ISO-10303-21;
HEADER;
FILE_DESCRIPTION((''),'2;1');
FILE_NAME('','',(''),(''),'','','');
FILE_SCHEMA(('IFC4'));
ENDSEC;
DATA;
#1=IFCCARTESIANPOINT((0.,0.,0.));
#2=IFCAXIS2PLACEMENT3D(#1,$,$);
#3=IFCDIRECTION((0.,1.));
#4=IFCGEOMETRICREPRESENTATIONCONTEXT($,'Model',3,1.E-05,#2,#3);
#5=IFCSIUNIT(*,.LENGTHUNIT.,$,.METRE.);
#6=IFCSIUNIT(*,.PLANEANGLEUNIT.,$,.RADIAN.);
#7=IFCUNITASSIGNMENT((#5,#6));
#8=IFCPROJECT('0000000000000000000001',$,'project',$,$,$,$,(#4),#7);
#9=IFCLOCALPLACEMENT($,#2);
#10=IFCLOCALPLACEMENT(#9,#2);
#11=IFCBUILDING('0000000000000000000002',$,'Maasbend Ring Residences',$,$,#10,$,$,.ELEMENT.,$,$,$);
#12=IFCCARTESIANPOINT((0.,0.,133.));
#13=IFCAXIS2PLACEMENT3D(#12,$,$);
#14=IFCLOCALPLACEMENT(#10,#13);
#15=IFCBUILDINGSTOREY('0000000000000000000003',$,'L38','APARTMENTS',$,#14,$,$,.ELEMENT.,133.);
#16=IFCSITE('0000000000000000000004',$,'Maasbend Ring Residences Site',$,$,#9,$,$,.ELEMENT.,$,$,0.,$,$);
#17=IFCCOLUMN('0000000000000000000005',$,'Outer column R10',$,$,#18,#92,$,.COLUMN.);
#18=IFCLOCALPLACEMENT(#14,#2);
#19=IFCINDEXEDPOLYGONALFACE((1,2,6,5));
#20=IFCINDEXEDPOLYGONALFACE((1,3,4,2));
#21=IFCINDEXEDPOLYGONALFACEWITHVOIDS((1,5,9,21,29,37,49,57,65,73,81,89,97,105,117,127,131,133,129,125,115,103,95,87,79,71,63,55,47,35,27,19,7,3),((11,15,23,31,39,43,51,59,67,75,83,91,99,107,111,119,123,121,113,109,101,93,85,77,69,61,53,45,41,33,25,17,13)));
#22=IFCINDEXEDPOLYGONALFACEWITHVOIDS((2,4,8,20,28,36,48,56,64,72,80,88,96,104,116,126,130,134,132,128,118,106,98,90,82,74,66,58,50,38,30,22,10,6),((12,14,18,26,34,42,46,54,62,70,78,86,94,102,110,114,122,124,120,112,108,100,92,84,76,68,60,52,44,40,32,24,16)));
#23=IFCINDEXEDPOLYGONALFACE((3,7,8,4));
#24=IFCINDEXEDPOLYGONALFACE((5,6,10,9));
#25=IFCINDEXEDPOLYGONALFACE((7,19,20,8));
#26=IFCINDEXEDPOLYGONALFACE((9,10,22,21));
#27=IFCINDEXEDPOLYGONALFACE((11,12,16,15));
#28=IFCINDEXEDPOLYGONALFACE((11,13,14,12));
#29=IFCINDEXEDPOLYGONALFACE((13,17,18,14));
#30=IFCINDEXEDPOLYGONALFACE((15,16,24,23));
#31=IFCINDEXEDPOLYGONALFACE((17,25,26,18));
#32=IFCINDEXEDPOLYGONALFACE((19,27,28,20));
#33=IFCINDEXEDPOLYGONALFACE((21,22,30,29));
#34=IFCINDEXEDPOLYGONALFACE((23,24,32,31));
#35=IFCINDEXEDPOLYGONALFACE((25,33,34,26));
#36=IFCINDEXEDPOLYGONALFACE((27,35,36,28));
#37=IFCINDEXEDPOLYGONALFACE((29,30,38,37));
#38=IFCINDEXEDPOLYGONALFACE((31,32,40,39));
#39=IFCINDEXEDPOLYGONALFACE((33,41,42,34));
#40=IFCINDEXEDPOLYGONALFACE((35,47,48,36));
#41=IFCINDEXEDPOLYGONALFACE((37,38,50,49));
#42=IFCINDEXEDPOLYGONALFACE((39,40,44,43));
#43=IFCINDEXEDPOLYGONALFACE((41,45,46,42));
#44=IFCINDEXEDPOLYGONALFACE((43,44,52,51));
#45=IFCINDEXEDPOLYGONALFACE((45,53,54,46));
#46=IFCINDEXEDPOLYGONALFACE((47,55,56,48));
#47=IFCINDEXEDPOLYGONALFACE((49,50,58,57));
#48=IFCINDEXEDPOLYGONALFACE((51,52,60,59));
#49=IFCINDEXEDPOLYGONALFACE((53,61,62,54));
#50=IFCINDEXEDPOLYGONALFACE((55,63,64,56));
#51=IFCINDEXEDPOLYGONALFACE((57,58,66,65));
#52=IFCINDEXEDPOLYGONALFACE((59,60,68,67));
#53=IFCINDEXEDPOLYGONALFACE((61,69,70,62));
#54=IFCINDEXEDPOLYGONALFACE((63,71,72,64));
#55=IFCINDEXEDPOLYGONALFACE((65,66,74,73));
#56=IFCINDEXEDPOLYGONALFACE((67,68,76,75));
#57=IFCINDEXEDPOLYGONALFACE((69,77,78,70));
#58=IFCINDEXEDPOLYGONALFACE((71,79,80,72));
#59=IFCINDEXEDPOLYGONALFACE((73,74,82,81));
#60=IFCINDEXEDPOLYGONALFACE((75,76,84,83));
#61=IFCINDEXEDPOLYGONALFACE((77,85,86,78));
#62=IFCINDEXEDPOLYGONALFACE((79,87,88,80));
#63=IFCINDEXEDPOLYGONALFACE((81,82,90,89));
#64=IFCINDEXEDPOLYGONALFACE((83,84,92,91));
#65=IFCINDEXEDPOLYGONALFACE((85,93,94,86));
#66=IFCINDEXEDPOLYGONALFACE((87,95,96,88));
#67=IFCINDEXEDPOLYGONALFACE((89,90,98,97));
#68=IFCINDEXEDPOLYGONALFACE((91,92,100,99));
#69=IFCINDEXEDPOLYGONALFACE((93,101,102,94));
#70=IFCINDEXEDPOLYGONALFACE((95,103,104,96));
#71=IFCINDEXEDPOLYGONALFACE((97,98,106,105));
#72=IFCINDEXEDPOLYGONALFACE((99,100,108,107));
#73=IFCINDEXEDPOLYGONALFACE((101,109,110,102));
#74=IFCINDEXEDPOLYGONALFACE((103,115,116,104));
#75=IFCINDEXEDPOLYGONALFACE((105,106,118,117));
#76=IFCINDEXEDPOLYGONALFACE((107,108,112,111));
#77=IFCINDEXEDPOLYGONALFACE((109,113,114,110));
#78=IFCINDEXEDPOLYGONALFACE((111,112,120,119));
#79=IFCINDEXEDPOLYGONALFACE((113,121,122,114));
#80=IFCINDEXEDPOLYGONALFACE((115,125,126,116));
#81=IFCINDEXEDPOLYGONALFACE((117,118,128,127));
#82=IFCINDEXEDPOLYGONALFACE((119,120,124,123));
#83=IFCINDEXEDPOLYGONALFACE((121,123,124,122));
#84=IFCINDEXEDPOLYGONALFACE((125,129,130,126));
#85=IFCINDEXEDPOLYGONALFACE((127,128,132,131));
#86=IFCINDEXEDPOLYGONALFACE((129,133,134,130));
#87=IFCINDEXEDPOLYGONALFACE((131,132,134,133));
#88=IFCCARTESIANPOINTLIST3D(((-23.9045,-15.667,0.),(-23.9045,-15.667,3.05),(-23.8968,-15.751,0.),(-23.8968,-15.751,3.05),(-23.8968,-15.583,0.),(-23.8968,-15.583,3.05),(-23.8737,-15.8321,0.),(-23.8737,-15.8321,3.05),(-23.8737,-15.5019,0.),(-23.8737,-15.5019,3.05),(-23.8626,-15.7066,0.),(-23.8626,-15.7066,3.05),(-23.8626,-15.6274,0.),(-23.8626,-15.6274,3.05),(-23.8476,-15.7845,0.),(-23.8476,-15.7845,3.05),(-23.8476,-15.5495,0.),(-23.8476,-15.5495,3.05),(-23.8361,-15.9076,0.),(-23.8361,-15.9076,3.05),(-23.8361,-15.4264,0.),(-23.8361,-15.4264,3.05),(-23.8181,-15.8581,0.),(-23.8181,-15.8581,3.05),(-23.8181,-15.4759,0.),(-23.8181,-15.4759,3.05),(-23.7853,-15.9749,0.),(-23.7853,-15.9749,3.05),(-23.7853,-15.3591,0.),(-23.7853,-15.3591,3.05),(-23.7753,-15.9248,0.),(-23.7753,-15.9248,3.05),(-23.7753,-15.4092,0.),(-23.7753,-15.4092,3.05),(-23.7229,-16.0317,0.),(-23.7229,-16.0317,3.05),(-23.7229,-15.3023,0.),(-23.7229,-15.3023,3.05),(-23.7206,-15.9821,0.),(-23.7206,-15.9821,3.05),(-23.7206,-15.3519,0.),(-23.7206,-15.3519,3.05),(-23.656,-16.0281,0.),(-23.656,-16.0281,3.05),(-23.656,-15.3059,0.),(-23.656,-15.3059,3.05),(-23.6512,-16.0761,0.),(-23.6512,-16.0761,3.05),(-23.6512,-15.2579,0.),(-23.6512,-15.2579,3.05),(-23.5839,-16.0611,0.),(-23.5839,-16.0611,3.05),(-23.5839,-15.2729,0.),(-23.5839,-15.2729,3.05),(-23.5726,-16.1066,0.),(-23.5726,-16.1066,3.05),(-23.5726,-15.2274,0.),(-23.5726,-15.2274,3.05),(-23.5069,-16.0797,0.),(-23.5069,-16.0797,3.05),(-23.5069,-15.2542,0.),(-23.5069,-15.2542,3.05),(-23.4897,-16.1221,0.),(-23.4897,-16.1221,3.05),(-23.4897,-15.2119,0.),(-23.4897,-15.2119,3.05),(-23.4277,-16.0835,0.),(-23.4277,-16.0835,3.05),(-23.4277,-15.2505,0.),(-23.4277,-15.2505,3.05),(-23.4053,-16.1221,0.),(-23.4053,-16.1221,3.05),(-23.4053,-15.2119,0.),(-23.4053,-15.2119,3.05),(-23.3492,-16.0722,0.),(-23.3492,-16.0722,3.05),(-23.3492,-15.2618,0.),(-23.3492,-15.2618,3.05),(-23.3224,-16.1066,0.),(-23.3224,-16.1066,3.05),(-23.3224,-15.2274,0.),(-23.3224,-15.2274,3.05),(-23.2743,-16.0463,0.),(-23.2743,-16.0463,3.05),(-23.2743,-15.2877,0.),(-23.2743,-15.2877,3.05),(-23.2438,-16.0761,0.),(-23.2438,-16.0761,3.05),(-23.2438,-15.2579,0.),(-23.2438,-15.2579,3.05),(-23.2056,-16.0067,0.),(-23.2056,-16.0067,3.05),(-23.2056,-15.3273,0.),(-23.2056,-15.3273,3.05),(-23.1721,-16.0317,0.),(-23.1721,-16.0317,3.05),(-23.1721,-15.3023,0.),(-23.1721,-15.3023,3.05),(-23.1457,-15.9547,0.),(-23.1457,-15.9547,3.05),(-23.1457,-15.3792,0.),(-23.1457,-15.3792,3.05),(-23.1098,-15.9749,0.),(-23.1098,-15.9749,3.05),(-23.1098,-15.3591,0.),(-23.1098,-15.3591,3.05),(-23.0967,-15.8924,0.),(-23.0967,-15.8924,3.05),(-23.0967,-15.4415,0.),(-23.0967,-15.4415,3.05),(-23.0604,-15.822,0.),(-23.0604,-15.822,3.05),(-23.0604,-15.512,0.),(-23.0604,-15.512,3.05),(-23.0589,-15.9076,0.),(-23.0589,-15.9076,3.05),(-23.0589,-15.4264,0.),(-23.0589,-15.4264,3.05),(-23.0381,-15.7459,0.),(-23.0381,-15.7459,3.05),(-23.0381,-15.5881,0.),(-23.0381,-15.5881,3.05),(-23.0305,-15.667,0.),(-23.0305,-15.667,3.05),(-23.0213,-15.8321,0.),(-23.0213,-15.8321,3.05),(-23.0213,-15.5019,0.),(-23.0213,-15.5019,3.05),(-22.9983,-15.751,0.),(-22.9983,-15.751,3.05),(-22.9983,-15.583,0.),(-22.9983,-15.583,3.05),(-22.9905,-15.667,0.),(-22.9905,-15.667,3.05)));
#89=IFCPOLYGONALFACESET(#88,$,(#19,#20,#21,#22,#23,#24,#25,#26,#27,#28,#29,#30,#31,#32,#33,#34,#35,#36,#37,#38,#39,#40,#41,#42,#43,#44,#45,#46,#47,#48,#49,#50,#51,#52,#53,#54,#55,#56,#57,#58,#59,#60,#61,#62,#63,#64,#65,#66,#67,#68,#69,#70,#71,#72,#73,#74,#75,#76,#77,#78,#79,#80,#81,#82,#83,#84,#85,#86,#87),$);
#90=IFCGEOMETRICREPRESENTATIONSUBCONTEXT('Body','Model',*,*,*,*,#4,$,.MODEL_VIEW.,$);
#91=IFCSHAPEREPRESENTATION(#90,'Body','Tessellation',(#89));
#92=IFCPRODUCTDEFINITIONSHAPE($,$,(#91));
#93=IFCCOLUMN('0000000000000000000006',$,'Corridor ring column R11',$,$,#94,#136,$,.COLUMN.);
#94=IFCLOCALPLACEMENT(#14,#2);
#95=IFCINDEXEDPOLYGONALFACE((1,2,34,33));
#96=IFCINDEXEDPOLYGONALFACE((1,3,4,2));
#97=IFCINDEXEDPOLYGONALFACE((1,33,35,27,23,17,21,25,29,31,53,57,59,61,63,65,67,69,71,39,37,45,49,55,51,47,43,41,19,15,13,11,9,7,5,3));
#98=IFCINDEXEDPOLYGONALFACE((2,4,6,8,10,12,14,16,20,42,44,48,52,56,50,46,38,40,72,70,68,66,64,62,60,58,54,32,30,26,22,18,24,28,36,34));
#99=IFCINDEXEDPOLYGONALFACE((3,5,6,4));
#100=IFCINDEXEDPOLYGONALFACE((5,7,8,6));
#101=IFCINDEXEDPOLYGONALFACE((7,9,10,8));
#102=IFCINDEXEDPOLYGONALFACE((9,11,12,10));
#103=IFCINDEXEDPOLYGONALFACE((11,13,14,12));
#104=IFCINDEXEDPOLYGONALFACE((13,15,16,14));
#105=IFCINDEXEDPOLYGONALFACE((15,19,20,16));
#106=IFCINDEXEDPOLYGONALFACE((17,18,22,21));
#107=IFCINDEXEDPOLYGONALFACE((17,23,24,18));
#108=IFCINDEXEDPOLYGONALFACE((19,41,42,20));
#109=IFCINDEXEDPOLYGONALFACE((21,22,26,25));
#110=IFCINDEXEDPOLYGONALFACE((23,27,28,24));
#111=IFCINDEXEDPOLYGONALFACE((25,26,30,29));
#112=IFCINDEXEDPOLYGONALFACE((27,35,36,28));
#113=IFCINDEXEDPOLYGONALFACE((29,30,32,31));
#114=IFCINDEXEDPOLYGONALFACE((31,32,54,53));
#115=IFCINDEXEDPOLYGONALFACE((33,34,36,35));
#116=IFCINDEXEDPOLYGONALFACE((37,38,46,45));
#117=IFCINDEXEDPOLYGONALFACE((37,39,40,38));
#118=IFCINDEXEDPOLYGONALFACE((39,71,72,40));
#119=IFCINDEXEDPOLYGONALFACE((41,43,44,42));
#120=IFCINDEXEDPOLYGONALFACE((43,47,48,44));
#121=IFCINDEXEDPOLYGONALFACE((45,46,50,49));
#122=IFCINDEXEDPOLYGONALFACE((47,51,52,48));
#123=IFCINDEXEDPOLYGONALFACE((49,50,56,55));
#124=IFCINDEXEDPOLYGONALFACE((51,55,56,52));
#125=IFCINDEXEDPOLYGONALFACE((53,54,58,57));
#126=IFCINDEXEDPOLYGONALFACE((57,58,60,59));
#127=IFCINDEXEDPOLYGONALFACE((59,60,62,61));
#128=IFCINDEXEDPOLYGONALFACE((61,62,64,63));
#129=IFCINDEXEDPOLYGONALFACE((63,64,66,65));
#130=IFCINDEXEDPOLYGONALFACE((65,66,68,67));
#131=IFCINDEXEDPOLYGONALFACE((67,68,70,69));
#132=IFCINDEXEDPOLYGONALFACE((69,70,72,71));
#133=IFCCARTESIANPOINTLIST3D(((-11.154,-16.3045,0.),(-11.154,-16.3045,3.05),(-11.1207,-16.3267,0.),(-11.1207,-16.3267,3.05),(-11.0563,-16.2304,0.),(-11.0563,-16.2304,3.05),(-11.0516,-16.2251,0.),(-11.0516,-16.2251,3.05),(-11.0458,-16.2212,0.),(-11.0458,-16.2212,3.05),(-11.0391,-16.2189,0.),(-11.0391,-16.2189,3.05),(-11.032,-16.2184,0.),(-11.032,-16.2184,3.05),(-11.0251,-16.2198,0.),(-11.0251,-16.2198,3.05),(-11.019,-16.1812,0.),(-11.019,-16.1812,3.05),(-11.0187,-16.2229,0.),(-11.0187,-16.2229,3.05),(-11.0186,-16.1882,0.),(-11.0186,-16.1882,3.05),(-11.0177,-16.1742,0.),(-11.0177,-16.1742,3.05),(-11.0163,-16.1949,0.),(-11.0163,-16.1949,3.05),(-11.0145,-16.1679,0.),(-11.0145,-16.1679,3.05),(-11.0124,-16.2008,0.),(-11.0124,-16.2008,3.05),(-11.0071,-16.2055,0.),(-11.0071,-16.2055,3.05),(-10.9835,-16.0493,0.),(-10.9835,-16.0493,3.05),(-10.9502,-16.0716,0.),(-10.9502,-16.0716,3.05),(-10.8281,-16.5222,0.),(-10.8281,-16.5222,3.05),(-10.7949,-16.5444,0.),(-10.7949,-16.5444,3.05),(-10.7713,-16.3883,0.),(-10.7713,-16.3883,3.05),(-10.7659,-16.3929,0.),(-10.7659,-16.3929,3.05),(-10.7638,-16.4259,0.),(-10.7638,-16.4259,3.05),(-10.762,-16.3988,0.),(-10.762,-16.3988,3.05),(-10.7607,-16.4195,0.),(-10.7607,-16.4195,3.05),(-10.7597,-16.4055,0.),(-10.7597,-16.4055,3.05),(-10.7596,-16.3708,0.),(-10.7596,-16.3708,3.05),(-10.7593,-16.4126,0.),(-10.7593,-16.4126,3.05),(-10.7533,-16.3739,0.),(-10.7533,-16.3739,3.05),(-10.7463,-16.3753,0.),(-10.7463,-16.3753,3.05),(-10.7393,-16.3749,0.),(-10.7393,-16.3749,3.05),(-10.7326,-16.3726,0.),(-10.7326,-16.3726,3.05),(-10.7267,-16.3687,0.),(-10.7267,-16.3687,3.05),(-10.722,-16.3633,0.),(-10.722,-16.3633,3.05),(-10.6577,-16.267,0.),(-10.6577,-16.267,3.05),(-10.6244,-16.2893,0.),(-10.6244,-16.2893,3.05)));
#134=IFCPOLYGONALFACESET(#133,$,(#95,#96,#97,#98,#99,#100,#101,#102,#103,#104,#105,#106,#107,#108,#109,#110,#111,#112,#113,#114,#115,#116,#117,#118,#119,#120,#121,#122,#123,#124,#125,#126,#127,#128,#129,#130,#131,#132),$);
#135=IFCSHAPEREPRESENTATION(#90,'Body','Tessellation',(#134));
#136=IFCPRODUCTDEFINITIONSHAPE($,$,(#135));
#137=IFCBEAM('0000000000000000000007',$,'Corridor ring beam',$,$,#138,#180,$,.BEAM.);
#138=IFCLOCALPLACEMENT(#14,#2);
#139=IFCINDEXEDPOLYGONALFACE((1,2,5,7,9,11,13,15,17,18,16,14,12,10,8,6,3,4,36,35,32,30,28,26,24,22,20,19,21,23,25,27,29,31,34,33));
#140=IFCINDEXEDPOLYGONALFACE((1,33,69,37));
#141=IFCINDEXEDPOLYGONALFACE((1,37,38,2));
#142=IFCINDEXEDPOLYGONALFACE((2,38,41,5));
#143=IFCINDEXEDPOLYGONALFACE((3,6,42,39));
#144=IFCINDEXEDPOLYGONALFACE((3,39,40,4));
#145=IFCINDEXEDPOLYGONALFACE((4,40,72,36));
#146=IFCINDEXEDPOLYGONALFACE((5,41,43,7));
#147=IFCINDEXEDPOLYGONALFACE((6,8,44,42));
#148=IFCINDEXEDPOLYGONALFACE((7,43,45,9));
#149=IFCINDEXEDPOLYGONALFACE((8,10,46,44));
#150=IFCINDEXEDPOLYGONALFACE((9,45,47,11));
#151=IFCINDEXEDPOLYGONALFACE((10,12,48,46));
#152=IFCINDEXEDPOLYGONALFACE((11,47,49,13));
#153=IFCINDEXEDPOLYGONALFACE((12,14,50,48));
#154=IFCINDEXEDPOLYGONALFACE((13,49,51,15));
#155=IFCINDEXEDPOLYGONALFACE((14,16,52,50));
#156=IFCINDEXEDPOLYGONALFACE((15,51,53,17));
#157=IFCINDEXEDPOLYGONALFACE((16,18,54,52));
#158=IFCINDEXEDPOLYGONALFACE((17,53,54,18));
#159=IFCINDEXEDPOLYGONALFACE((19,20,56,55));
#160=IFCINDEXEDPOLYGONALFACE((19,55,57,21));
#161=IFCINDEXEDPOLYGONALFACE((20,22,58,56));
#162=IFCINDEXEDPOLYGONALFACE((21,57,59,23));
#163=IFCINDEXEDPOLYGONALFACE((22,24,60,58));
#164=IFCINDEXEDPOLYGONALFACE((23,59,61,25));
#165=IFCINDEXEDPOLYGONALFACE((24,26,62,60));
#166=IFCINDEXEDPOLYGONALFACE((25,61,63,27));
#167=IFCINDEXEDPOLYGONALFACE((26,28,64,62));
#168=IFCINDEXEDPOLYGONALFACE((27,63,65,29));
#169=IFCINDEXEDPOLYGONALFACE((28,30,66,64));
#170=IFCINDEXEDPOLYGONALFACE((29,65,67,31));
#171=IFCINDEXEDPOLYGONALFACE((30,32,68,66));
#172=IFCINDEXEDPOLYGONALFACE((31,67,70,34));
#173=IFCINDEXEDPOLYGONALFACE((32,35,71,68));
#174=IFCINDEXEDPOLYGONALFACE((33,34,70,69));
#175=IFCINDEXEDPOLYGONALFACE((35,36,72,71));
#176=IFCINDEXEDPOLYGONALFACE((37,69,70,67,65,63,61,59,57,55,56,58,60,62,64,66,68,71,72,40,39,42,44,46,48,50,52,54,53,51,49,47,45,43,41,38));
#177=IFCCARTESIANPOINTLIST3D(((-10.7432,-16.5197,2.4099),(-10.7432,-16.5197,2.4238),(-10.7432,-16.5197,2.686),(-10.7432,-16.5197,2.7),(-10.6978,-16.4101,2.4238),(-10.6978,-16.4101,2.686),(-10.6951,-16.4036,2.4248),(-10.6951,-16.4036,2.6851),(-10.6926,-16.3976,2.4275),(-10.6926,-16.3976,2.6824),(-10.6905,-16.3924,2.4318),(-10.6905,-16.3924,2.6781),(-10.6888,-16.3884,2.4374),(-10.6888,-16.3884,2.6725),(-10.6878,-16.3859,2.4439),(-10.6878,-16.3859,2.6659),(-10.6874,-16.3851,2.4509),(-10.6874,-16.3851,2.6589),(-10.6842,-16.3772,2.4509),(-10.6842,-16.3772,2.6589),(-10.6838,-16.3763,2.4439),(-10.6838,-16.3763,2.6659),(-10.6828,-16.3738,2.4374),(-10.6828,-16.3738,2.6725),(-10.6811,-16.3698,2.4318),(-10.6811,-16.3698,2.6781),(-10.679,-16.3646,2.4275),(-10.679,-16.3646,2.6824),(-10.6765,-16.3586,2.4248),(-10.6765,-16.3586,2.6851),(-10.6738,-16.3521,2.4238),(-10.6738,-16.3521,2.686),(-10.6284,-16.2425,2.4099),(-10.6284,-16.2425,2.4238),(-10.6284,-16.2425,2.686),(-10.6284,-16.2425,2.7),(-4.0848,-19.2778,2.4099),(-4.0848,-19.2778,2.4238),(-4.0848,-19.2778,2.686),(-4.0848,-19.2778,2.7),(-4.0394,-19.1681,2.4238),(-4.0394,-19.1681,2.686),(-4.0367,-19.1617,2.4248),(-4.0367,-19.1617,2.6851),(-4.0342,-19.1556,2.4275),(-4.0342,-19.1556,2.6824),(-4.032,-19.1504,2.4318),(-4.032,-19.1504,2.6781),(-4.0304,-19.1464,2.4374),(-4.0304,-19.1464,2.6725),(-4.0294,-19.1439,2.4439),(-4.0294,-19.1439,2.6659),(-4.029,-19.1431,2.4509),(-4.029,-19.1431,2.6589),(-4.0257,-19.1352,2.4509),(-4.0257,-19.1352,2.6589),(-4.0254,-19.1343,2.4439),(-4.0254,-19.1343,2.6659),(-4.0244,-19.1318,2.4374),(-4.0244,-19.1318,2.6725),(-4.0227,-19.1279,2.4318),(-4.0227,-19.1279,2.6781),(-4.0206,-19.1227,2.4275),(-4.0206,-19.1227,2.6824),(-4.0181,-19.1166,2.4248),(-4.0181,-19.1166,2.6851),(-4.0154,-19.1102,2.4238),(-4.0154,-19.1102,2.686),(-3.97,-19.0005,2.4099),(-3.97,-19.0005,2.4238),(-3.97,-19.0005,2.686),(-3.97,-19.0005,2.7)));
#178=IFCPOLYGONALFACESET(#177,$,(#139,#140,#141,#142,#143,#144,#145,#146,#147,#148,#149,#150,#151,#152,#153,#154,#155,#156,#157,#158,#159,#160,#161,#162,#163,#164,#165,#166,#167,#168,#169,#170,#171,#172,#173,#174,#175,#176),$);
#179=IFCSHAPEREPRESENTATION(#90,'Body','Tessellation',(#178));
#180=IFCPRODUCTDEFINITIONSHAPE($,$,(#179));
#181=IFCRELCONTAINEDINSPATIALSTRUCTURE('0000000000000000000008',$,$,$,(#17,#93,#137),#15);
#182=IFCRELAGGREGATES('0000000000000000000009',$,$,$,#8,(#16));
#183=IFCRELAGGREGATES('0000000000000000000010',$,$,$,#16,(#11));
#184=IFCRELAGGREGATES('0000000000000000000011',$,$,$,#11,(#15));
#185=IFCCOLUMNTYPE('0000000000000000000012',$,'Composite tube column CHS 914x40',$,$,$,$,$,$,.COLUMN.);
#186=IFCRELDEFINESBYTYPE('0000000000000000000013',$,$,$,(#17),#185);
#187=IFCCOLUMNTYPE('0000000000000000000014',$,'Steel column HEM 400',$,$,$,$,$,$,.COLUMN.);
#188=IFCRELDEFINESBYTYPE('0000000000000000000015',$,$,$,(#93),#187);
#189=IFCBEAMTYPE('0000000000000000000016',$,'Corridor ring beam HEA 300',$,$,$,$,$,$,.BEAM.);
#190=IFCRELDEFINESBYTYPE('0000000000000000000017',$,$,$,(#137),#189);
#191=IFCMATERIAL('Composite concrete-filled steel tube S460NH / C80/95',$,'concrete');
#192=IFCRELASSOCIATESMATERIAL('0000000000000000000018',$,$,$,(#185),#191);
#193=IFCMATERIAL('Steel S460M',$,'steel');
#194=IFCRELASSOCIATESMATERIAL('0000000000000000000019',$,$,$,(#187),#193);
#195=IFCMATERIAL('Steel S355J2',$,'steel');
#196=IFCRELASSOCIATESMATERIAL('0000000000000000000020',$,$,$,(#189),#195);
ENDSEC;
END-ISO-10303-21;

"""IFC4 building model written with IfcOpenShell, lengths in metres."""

from ifc_helpers import new_model, si_unit, direction, frame, origin, origin_2d, place, context, subcontext, project, spatial, hollow_circle, i_section, extrude, material, material_profile, profile_set, type_object, element, save


model = new_model("IFC4")

# Units and contexts
model_context = context("Model", 3, precision=1e-05, world=origin(), true_north=direction((0.0, 1.0)))
body_context = subcontext(model_context, "Body", "Model", "MODEL_VIEW")
ifc_project = project(units=[si_unit("LENGTHUNIT", "METRE"), si_unit("PLANEANGLEUNIT", "RADIAN")], contexts=[model_context])

# Site, building, storey
site_placement = place(None, origin())
site = spatial("IfcSite", under=ifc_project, at=site_placement, Name="Maasbend Ring Residences Site", CompositionType="ELEMENT", RefElevation=0.0)
building_placement = place(site_placement, origin())
building = spatial("IfcBuilding", under=site, at=building_placement, Name="Maasbend Ring Residences", CompositionType="ELEMENT")
storey_placement = place(building_placement, frame((0.0, 0.0, 133.0)))
storey = spatial("IfcBuildingStorey", under=building, at=storey_placement, Name="L38", Description="APARTMENTS", CompositionType="ELEMENT", Elevation=133.0)

# Columns
ifc_material_1 = material(Name="Composite concrete-filled steel tube S460NH / C80/95", Category="concrete")
ifc_material_profile_1 = material_profile(ifc_material_1, hollow_circle(Radius=0.457, WallThickness=0.04, at=origin_2d()), Name="Composite tube column CHS 914x40")
ifc_profile_set_1 = profile_set([ifc_material_profile_1], Name="Composite concrete-filled steel tube S460NH / C80/95")
column_type_1 = type_object("IfcColumnType", Name="Composite tube column CHS 914x40", PredefinedType="COLUMN", material=ifc_profile_set_1)
column_1_placement = place(storey_placement, frame((-23.4475, -15.667, 0.0), z_axis=(0.0, 0.0, 1.0), x_axis=(1.0, 0.0, 0.0)))
element("IfcColumn", 1, at=column_1_placement, inside=storey, type_object=column_type_1, Name="Outer column R10", PredefinedType="COLUMN", context=body_context, shape_type="SweptSolid", body=[
    extrude(hollow_circle(Radius=0.457, WallThickness=0.04, at=origin_2d()), origin(), (0.0, 0.0, 1.0), 3.05),
])
ifc_material_2 = material(Name="Steel S460M", Category="steel")
ifc_material_profile_2 = material_profile(ifc_material_2, i_section(OverallWidth=0.3069, OverallDepth=0.4319, WebThickness=0.021, FlangeThickness=0.04, FilletRadius=0.0271, at=origin_2d()), Name="HEM 400")
ifc_profile_set_2 = profile_set([ifc_material_profile_2], Name="Steel S460M")
column_type_2 = type_object("IfcColumnType", Name="Steel column HEM 400", PredefinedType="COLUMN", material=ifc_profile_set_2)
column_2_placement = place(storey_placement, frame((-10.8892, -16.2969, 0.0), z_axis=(0.0, 0.0, 1.0), x_axis=(-0.55557, -0.83147, 0.0)))
element("IfcColumn", 2, at=column_2_placement, inside=storey, type_object=column_type_2, Name="Corridor ring column R11", PredefinedType="COLUMN", context=body_context, shape_type="SweptSolid", body=[
    extrude(i_section(OverallWidth=0.3069, OverallDepth=0.4319, WebThickness=0.021, FlangeThickness=0.04, FilletRadius=0.0271, at=origin_2d()), origin(), (0.0, 0.0, 1.0), 3.05),
])

# Beam
ifc_material_3 = material(Name="Steel S355J2", Category="steel")
ifc_material_profile_3 = material_profile(ifc_material_3, i_section(OverallWidth=0.3, OverallDepth=0.29, WebThickness=0.0085, FlangeThickness=0.0139, FilletRadius=0.0271, at=origin_2d()), Name="HEA 300")
ifc_profile_set_3 = profile_set([ifc_material_profile_3], Name="Steel S355J2")
beam_type_1 = type_object("IfcBeamType", Name="Corridor ring beam HEA 300", PredefinedType="BEAM", material=ifc_profile_set_3)
beam_1_placement = place(storey_placement, frame((-10.6858, -16.3811, 2.5549), z_axis=(0.923878, -0.382688, 0.0), x_axis=(0.382688, 0.923878, 0.0)))
element("IfcBeam", 3, at=beam_1_placement, inside=storey, type_object=beam_type_1, Name="Corridor ring beam", PredefinedType="BEAM", context=body_context, shape_type="SweptSolid", body=[
    extrude(i_section(OverallWidth=0.3, OverallDepth=0.29, WebThickness=0.0085, FlangeThickness=0.0139, FilletRadius=0.0271, at=origin_2d()), origin(), (0.0, 0.0, 1.0), 7.207),
])

save(model, "model.ifc")
